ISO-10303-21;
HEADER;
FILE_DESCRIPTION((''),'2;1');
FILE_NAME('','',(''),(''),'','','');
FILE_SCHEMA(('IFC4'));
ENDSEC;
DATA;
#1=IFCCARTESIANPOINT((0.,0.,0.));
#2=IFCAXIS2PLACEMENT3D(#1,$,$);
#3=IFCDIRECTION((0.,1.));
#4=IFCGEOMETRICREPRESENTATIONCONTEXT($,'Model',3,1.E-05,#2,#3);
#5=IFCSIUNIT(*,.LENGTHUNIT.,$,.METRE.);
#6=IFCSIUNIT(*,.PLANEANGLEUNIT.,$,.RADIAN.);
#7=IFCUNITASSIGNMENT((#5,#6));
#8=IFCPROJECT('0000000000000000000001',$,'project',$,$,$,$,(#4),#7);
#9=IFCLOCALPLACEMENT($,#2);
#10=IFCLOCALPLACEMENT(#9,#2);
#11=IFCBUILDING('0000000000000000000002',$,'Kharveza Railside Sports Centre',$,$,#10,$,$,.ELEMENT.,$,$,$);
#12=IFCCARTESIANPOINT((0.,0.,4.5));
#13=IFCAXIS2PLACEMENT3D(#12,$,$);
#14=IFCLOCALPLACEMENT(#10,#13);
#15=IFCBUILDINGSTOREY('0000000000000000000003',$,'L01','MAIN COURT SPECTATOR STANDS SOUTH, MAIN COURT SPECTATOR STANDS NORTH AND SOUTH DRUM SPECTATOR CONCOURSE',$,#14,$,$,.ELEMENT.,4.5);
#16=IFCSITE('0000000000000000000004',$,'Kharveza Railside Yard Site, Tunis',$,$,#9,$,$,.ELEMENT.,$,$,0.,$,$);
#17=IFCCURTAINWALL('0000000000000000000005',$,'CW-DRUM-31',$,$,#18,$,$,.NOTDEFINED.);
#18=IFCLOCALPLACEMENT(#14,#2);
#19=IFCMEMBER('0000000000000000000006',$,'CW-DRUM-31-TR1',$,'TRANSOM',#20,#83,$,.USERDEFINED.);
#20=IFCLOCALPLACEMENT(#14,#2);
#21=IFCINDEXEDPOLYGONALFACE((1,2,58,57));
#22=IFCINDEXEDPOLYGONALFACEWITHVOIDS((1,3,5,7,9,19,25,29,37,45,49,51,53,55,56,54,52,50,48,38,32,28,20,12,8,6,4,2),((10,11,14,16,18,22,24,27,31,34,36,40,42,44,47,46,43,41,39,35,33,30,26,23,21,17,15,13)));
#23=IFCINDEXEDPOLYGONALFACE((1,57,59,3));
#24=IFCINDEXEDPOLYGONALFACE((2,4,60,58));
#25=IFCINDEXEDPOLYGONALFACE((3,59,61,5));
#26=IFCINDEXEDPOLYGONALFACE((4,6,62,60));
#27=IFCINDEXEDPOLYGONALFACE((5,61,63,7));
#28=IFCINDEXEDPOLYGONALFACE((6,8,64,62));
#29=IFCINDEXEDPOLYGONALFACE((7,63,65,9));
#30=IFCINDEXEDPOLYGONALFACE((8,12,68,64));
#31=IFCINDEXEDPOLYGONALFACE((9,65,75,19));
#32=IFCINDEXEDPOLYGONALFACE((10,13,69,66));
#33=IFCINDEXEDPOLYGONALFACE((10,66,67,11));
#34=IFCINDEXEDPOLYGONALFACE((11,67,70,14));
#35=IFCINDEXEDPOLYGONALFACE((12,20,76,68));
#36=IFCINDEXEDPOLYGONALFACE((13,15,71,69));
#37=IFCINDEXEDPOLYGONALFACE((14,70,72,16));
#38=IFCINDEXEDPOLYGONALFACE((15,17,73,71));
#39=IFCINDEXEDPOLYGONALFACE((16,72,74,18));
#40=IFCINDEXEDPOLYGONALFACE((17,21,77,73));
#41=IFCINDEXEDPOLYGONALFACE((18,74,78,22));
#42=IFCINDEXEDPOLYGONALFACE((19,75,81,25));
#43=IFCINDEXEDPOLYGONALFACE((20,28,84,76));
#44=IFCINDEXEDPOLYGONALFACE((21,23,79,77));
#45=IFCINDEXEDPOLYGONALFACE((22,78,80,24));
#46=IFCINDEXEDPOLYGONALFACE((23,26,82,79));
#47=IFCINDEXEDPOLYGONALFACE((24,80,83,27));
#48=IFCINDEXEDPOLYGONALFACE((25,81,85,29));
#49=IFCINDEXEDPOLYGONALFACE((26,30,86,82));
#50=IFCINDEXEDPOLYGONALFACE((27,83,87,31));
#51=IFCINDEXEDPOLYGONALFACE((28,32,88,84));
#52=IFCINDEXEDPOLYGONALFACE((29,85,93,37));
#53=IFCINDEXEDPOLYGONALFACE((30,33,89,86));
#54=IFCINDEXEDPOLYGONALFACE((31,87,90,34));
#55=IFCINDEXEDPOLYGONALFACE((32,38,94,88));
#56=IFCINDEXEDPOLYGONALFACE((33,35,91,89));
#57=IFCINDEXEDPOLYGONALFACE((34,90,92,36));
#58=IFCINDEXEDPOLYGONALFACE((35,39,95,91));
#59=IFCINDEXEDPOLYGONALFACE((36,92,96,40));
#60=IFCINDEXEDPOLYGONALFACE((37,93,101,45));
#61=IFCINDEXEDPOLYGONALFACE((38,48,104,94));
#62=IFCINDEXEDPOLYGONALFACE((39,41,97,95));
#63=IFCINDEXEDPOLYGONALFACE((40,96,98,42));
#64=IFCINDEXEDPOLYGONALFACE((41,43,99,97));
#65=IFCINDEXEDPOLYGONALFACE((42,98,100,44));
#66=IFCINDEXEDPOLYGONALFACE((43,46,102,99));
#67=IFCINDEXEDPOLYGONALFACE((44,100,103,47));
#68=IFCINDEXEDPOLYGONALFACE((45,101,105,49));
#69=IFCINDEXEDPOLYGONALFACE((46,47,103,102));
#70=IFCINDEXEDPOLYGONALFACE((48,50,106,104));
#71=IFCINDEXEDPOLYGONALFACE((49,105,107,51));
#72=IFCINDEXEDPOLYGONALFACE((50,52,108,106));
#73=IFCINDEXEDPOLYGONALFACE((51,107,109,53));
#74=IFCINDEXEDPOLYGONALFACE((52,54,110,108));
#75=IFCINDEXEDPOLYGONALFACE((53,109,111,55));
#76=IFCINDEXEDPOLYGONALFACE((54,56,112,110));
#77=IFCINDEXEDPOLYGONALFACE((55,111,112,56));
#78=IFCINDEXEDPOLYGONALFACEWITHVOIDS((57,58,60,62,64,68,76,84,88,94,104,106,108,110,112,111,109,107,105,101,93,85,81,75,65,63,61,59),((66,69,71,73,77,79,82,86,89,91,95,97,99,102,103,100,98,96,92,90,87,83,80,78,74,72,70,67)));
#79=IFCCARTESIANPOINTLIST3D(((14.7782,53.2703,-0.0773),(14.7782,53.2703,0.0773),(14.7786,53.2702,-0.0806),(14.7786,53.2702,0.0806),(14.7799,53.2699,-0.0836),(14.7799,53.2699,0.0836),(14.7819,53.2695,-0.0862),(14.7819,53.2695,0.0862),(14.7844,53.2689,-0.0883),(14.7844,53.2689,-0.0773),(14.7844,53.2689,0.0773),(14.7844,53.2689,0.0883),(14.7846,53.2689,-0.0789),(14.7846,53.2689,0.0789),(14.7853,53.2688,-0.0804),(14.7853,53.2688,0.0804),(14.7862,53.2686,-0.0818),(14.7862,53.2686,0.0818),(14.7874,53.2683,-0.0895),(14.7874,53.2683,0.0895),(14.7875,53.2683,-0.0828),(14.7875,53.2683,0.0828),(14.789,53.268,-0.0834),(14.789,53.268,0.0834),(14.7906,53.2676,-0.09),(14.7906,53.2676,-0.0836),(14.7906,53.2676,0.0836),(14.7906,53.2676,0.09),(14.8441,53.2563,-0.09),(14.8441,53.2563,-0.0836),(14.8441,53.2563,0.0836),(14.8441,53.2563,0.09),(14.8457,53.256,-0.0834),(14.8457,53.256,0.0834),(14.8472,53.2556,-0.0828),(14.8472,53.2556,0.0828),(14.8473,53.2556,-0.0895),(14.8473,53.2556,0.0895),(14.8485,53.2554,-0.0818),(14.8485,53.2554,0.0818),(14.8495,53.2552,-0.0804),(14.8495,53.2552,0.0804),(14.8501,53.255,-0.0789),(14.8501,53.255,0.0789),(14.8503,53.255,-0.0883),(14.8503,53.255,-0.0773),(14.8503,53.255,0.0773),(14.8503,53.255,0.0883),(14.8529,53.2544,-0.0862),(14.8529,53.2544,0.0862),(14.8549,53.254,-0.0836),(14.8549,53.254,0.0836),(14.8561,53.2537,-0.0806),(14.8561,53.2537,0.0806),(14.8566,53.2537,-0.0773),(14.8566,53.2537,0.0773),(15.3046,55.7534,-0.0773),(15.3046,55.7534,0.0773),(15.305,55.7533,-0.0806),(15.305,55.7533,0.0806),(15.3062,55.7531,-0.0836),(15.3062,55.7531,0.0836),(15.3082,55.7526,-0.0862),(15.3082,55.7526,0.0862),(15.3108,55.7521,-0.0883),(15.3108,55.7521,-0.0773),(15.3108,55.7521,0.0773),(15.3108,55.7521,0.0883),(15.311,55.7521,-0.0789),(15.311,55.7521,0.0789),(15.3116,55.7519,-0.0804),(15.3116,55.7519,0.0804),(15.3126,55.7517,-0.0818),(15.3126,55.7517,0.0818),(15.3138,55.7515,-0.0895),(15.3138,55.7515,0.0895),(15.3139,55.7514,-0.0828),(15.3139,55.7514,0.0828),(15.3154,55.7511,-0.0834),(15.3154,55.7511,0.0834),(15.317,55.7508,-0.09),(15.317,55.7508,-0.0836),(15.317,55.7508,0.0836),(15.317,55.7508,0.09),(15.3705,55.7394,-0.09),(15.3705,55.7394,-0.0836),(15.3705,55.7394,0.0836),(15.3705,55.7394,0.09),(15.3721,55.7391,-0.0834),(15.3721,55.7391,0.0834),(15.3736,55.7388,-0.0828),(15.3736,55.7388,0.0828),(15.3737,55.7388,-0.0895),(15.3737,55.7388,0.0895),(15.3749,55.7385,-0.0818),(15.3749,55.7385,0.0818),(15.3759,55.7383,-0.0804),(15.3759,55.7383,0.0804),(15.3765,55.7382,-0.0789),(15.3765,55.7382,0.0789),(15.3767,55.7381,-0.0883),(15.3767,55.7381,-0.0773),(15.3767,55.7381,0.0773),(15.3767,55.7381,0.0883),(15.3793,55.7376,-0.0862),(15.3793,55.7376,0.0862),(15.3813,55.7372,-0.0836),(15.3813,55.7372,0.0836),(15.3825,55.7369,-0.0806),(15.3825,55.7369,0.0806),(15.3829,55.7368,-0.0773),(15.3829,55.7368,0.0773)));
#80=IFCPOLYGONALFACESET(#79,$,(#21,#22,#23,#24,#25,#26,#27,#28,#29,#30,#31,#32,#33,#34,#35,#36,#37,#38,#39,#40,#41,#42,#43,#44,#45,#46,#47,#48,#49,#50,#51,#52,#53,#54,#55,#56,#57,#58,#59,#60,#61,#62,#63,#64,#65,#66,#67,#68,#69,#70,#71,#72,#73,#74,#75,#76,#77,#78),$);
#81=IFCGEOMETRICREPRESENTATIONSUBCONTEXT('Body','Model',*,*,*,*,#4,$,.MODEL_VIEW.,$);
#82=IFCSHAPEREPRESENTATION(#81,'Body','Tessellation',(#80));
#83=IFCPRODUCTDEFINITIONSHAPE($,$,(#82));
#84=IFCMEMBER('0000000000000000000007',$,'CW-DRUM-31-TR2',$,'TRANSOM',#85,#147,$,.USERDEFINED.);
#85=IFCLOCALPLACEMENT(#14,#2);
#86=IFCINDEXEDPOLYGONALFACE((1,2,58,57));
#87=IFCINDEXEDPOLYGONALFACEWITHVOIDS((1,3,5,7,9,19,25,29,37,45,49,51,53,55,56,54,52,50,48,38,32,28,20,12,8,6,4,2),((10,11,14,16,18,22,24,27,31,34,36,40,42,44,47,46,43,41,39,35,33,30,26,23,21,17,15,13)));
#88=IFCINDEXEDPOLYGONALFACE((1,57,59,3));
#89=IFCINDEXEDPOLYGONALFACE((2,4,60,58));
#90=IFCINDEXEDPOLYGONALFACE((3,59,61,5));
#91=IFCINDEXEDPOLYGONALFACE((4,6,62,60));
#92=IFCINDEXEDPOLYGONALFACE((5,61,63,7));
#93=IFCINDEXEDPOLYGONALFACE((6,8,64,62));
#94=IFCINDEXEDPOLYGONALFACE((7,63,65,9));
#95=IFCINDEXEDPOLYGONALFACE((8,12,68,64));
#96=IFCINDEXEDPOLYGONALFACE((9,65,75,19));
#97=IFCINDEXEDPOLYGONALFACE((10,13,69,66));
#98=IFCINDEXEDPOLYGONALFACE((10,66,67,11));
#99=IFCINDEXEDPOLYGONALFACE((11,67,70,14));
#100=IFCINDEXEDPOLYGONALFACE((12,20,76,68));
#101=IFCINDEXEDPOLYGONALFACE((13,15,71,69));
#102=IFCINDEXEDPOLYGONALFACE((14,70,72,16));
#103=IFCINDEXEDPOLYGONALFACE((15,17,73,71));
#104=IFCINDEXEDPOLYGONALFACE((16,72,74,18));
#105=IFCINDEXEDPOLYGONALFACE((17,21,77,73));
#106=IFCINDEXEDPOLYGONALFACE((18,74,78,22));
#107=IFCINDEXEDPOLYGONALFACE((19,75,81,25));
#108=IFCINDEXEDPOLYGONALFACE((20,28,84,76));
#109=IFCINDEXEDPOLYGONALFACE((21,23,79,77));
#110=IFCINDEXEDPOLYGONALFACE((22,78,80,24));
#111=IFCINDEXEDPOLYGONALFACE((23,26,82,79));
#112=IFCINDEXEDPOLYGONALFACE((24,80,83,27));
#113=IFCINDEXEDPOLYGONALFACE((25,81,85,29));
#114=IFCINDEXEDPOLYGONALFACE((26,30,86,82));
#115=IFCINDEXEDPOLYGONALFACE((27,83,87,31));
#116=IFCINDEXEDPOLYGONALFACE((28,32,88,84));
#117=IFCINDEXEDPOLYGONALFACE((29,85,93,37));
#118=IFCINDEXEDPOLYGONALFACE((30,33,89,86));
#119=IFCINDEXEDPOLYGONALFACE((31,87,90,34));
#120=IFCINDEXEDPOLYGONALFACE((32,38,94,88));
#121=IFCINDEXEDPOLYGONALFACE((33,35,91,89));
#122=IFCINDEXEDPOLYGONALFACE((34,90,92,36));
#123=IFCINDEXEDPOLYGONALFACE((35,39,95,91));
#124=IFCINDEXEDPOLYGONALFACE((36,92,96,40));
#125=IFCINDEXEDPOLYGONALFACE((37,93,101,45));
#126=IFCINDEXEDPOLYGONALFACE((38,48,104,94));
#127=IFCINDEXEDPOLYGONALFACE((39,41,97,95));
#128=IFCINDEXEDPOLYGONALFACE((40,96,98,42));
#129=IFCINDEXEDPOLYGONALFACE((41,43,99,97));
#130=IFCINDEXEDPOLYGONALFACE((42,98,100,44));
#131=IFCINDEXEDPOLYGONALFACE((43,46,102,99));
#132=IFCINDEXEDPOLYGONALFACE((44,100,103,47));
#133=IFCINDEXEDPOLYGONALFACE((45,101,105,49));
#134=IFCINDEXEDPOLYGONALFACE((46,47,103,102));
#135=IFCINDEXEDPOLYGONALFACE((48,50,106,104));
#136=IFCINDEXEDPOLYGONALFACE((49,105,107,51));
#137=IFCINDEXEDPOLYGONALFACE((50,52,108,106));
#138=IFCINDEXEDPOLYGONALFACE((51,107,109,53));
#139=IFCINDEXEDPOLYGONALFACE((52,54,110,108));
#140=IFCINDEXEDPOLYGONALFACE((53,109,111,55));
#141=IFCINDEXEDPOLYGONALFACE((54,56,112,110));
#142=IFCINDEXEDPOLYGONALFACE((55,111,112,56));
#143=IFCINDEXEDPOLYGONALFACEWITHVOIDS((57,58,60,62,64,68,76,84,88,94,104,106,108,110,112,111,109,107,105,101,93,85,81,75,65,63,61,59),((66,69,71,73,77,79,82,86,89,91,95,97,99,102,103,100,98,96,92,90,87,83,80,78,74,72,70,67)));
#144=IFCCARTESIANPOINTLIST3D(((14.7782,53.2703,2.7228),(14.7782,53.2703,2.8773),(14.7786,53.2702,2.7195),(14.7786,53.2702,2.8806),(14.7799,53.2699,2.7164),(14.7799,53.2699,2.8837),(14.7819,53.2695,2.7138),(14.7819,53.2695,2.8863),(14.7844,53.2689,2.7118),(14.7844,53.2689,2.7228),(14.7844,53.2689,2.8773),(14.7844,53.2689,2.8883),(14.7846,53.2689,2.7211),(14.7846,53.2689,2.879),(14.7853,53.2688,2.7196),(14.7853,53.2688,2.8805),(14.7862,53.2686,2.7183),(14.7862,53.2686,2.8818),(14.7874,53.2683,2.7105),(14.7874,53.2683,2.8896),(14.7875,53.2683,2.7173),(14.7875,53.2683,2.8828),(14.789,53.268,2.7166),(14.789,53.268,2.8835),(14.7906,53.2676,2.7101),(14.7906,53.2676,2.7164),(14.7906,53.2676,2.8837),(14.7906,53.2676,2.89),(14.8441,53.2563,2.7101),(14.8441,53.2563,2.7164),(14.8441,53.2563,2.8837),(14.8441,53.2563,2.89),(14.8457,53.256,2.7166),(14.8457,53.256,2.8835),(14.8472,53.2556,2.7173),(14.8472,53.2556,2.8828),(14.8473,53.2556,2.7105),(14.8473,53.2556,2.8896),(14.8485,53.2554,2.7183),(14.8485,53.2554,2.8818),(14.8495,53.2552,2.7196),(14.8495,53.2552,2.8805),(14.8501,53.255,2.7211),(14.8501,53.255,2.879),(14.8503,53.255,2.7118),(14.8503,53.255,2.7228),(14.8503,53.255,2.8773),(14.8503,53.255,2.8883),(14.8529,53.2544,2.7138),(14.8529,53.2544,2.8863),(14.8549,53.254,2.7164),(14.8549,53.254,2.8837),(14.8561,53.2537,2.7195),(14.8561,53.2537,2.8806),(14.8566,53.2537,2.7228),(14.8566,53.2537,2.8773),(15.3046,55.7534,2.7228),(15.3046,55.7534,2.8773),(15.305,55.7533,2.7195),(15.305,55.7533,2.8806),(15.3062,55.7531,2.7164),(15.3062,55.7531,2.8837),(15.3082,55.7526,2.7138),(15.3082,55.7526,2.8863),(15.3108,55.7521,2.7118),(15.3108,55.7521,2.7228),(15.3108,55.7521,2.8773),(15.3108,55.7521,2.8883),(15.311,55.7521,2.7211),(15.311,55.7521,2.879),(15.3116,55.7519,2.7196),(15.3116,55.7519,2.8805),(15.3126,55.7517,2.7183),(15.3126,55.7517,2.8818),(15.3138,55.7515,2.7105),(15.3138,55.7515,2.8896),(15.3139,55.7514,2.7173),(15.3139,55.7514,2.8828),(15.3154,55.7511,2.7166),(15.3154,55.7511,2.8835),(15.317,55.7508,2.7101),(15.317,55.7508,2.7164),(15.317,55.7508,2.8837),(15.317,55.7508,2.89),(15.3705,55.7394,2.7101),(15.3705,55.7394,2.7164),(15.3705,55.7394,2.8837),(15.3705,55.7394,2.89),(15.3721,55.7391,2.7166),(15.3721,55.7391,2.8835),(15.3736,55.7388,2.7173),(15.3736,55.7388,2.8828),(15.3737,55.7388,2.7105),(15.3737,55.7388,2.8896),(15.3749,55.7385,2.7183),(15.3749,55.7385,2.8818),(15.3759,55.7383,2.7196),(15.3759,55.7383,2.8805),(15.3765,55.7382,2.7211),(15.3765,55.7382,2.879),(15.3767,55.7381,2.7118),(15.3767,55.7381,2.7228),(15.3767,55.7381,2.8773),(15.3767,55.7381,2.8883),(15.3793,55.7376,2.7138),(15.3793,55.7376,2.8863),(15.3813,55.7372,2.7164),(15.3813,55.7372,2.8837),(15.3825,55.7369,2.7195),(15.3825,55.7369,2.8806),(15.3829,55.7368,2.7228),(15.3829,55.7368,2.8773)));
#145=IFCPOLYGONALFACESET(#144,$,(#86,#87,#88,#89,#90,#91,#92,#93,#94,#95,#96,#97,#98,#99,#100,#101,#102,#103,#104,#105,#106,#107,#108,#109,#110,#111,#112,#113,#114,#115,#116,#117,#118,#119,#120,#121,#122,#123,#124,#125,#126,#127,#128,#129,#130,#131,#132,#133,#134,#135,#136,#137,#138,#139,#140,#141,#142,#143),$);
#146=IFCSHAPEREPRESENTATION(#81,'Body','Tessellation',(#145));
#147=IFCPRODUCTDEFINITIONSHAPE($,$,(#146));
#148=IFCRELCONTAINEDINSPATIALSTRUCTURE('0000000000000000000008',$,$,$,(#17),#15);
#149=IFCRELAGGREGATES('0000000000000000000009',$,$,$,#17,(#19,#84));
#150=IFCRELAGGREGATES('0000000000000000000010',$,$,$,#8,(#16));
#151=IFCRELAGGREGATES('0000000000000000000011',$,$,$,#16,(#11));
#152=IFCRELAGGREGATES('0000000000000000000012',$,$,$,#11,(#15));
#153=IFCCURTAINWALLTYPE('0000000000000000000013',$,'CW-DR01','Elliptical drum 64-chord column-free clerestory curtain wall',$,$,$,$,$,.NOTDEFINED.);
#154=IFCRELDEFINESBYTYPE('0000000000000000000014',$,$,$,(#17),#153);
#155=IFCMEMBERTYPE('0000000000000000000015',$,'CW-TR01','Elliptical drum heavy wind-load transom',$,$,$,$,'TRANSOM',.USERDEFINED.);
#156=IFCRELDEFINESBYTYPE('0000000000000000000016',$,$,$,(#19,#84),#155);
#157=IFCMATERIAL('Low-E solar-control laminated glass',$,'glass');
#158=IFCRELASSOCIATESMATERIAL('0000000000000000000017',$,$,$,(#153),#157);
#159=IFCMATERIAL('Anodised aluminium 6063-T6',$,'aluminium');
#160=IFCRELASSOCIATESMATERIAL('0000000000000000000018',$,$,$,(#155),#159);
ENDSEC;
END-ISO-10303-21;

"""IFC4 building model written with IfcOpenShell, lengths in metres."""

from ifc_helpers import new_model, si_unit, direction, frame, origin, origin_2d, place, context, subcontext, project, spatial, hollow_rectangle, extrude, material, material_profile, profile_set, type_object, element, aggregate, save


model = new_model("IFC4")

# Units and contexts
model_context = context("Model", 3, precision=1e-05, world=origin(), true_north=direction((0.0, 1.0)))
body_context = subcontext(model_context, "Body", "Model", "MODEL_VIEW")
ifc_project = project(units=[si_unit("LENGTHUNIT", "METRE"), si_unit("PLANEANGLEUNIT", "RADIAN")], contexts=[model_context])

# Site, building, storey
site_placement = place(None, origin())
site = spatial("IfcSite", under=ifc_project, at=site_placement, Name="Kharveza Railside Yard Site, Tunis", CompositionType="ELEMENT", RefElevation=0.0)
building_placement = place(site_placement, origin())
building = spatial("IfcBuilding", under=site, at=building_placement, Name="Kharveza Railside Sports Centre", CompositionType="ELEMENT")
storey_placement = place(building_placement, frame((0.0, 0.0, 4.5)))
storey = spatial("IfcBuildingStorey", under=building, at=storey_placement, Name="L01", Description="MAIN COURT SPECTATOR STANDS SOUTH, MAIN COURT SPECTATOR STANDS NORTH AND SOUTH DRUM SPECTATOR CONCOURSE", CompositionType="ELEMENT", Elevation=4.5)

# Shared definitions
ifc_material_1 = material(Name="Low-E solar-control laminated glass", Category="glass")
curtain_wall_type = type_object("IfcCurtainWallType", Name="CW-DR01", Description="Elliptical drum 64-chord column-free clerestory curtain wall", PredefinedType="NOTDEFINED", material=ifc_material_1)
ifc_material_2 = material(Name="Anodised aluminium 6063-T6", Category="aluminium")

# Curtain wall
curtain_wall_1_placement = place(storey_placement, origin())
curtain_wall_1 = element("IfcCurtainWall", 1, at=curtain_wall_1_placement, inside=storey, type_object=curtain_wall_type, Name="CW-DRUM-31", PredefinedType="NOTDEFINED")

# Members
ifc_material_profile_1 = material_profile(ifc_material_2, hollow_rectangle(XDim=0.0801, YDim=0.1799, WallThickness=0.0063, InnerFilletRadius=0.0063, OuterFilletRadius=0.0127, at=origin_2d()), Name="RHS 80x180x6.3")
ifc_profile_set_1 = profile_set([ifc_material_profile_1], Name="Anodised aluminium 6063-T6")
member_type_1 = type_object("IfcMemberType", Name="CW-TR01", Description="Elliptical drum heavy wind-load transom", ElementType="TRANSOM", PredefinedType="USERDEFINED", material=ifc_profile_set_1)
member_1_placement = place(storey_placement, frame((15.3438, 55.7451, 0.0), z_axis=(-0.207368, -0.978263, 0.0), x_axis=(0.978263, -0.207368, 0.0)))
member_1 = element("IfcMember", 2, at=member_1_placement, type_object=member_type_1, Name="CW-DRUM-31-TR1", ObjectType="TRANSOM", PredefinedType="USERDEFINED", context=body_context, shape_type="SweptSolid", body=[
    extrude(hollow_rectangle(XDim=0.0801, YDim=0.1799, WallThickness=0.0063, InnerFilletRadius=0.0063, OuterFilletRadius=0.0127, at=origin_2d()), origin(), (0.0, 0.0, 1.0), 2.5383),
])
member_2_placement = place(storey_placement, frame((15.3438, 55.7451, 2.8), z_axis=(-0.207368, -0.978263, 0.0), x_axis=(0.978263, -0.207368, 0.0)))
member_2 = element("IfcMember", 3, at=member_2_placement, type_object=member_type_1, Name="CW-DRUM-31-TR2", ObjectType="TRANSOM", PredefinedType="USERDEFINED", context=body_context, shape_type="SweptSolid", body=[
    extrude(hollow_rectangle(XDim=0.0801, YDim=0.1799, WallThickness=0.0063, InnerFilletRadius=0.0063, OuterFilletRadius=0.0127, at=origin_2d()), origin(), (0.0, 0.0, 1.0), 2.5383),
])

aggregate(curtain_wall_1, [member_1, member_2])

save(model, "model.ifc")
